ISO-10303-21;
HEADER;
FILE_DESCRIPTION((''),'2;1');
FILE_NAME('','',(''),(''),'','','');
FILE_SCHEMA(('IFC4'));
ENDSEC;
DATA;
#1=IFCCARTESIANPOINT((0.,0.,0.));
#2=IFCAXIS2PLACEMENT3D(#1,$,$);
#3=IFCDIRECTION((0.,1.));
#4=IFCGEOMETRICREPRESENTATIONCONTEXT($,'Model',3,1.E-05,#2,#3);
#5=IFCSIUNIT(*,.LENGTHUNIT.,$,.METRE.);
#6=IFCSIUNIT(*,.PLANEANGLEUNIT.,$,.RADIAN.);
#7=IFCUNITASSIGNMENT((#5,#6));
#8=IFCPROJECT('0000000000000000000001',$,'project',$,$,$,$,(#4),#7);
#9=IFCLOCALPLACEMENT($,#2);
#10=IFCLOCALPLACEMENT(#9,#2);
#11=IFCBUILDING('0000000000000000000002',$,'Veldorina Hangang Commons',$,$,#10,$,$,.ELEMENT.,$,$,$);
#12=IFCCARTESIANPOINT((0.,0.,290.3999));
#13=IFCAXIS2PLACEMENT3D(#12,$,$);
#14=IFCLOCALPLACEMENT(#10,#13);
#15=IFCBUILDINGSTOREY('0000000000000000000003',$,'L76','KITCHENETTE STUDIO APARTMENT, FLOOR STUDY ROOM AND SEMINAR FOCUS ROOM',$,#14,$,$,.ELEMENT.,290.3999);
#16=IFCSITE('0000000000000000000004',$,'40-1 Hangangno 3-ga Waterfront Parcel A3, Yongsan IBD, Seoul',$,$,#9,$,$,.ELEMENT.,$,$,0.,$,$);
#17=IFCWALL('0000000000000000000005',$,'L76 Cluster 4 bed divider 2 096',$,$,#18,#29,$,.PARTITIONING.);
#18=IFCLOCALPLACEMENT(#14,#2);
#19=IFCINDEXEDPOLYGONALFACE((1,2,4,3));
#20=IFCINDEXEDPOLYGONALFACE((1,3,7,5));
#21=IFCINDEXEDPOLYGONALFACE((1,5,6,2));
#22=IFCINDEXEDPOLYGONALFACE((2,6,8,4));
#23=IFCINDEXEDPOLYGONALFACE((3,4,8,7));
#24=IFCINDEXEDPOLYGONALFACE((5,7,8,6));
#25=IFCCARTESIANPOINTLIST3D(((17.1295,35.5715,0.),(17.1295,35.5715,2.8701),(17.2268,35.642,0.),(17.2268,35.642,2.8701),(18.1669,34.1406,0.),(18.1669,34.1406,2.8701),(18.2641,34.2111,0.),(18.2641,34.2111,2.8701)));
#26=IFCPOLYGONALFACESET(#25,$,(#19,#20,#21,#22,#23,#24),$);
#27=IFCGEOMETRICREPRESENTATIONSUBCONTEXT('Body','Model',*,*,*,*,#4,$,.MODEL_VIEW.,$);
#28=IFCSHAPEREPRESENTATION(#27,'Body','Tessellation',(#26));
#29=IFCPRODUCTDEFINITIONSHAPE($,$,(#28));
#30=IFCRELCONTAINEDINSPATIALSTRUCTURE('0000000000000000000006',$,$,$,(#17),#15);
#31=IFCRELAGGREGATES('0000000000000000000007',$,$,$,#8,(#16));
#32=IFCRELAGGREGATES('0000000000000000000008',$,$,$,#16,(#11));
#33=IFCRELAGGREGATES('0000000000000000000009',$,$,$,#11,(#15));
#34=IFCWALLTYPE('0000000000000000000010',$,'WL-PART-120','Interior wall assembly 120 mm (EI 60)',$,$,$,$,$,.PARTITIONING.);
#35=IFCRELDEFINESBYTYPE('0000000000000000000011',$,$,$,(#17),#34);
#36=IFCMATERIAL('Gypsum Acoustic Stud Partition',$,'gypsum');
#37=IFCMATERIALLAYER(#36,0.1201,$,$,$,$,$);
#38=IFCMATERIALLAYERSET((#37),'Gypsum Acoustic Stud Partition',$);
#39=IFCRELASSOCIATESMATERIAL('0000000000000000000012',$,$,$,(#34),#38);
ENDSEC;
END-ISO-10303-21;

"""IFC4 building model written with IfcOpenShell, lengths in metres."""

from ifc_helpers import new_model, si_unit, direction, frame, frame_2d, origin, place, context, subcontext, project, spatial, rectangle, extrude, material, layer, layer_set, type_object, element, save


model = new_model("IFC4")

# Units and contexts
model_context = context("Model", 3, precision=1e-05, world=origin(), true_north=direction((0.0, 1.0)))
body_context = subcontext(model_context, "Body", "Model", "MODEL_VIEW")
ifc_project = project(units=[si_unit("LENGTHUNIT", "METRE"), si_unit("PLANEANGLEUNIT", "RADIAN")], contexts=[model_context])

# Site, building, storey
site_placement = place(None, origin())
site = spatial("IfcSite", under=ifc_project, at=site_placement, Name="40-1 Hangangno 3-ga Waterfront Parcel A3, Yongsan IBD, Seoul", CompositionType="ELEMENT", RefElevation=0.0)
building_placement = place(site_placement, origin())
building = spatial("IfcBuilding", under=site, at=building_placement, Name="Veldorina Hangang Commons", CompositionType="ELEMENT")
storey_placement = place(building_placement, frame((0.0, 0.0, 290.3999)))
storey = spatial("IfcBuildingStorey", under=building, at=storey_placement, Name="L76", Description="KITCHENETTE STUDIO APARTMENT, FLOOR STUDY ROOM AND SEMINAR FOCUS ROOM", CompositionType="ELEMENT", Elevation=290.3999)

# Shared definitions
ifc_material_1 = material(Name="Gypsum Acoustic Stud Partition", Category="gypsum")
ifc_layer_1 = layer(ifc_material_1, 0.1201)
ifc_layer_set_1 = layer_set([ifc_layer_1], Name="Gypsum Acoustic Stud Partition")
wall_type_1 = type_object("IfcWallType", Name="WL-PART-120", Description="Interior wall assembly 120 mm (EI 60)", PredefinedType="PARTITIONING", material=ifc_layer_set_1)

# Wall
wall_1_placement = place(storey_placement, frame((18.2156, 34.1758, 0.0), z_axis=(0.0, 0.0, 1.0), x_axis=(-0.586947, 0.809625, 0.0)))
element("IfcWall", 1, at=wall_1_placement, inside=storey, type_object=wall_type_1, Name="L76 Cluster 4 bed divider 2 096", PredefinedType="PARTITIONING", context=body_context, shape_type="SweptSolid", body=[
    extrude(rectangle(XDim=1.7673, YDim=0.1201, at=frame_2d((0.8838, 0.0))), origin(), (0.0, 0.0, 1.0), 2.8701),
])

save(model, "model.ifc")
